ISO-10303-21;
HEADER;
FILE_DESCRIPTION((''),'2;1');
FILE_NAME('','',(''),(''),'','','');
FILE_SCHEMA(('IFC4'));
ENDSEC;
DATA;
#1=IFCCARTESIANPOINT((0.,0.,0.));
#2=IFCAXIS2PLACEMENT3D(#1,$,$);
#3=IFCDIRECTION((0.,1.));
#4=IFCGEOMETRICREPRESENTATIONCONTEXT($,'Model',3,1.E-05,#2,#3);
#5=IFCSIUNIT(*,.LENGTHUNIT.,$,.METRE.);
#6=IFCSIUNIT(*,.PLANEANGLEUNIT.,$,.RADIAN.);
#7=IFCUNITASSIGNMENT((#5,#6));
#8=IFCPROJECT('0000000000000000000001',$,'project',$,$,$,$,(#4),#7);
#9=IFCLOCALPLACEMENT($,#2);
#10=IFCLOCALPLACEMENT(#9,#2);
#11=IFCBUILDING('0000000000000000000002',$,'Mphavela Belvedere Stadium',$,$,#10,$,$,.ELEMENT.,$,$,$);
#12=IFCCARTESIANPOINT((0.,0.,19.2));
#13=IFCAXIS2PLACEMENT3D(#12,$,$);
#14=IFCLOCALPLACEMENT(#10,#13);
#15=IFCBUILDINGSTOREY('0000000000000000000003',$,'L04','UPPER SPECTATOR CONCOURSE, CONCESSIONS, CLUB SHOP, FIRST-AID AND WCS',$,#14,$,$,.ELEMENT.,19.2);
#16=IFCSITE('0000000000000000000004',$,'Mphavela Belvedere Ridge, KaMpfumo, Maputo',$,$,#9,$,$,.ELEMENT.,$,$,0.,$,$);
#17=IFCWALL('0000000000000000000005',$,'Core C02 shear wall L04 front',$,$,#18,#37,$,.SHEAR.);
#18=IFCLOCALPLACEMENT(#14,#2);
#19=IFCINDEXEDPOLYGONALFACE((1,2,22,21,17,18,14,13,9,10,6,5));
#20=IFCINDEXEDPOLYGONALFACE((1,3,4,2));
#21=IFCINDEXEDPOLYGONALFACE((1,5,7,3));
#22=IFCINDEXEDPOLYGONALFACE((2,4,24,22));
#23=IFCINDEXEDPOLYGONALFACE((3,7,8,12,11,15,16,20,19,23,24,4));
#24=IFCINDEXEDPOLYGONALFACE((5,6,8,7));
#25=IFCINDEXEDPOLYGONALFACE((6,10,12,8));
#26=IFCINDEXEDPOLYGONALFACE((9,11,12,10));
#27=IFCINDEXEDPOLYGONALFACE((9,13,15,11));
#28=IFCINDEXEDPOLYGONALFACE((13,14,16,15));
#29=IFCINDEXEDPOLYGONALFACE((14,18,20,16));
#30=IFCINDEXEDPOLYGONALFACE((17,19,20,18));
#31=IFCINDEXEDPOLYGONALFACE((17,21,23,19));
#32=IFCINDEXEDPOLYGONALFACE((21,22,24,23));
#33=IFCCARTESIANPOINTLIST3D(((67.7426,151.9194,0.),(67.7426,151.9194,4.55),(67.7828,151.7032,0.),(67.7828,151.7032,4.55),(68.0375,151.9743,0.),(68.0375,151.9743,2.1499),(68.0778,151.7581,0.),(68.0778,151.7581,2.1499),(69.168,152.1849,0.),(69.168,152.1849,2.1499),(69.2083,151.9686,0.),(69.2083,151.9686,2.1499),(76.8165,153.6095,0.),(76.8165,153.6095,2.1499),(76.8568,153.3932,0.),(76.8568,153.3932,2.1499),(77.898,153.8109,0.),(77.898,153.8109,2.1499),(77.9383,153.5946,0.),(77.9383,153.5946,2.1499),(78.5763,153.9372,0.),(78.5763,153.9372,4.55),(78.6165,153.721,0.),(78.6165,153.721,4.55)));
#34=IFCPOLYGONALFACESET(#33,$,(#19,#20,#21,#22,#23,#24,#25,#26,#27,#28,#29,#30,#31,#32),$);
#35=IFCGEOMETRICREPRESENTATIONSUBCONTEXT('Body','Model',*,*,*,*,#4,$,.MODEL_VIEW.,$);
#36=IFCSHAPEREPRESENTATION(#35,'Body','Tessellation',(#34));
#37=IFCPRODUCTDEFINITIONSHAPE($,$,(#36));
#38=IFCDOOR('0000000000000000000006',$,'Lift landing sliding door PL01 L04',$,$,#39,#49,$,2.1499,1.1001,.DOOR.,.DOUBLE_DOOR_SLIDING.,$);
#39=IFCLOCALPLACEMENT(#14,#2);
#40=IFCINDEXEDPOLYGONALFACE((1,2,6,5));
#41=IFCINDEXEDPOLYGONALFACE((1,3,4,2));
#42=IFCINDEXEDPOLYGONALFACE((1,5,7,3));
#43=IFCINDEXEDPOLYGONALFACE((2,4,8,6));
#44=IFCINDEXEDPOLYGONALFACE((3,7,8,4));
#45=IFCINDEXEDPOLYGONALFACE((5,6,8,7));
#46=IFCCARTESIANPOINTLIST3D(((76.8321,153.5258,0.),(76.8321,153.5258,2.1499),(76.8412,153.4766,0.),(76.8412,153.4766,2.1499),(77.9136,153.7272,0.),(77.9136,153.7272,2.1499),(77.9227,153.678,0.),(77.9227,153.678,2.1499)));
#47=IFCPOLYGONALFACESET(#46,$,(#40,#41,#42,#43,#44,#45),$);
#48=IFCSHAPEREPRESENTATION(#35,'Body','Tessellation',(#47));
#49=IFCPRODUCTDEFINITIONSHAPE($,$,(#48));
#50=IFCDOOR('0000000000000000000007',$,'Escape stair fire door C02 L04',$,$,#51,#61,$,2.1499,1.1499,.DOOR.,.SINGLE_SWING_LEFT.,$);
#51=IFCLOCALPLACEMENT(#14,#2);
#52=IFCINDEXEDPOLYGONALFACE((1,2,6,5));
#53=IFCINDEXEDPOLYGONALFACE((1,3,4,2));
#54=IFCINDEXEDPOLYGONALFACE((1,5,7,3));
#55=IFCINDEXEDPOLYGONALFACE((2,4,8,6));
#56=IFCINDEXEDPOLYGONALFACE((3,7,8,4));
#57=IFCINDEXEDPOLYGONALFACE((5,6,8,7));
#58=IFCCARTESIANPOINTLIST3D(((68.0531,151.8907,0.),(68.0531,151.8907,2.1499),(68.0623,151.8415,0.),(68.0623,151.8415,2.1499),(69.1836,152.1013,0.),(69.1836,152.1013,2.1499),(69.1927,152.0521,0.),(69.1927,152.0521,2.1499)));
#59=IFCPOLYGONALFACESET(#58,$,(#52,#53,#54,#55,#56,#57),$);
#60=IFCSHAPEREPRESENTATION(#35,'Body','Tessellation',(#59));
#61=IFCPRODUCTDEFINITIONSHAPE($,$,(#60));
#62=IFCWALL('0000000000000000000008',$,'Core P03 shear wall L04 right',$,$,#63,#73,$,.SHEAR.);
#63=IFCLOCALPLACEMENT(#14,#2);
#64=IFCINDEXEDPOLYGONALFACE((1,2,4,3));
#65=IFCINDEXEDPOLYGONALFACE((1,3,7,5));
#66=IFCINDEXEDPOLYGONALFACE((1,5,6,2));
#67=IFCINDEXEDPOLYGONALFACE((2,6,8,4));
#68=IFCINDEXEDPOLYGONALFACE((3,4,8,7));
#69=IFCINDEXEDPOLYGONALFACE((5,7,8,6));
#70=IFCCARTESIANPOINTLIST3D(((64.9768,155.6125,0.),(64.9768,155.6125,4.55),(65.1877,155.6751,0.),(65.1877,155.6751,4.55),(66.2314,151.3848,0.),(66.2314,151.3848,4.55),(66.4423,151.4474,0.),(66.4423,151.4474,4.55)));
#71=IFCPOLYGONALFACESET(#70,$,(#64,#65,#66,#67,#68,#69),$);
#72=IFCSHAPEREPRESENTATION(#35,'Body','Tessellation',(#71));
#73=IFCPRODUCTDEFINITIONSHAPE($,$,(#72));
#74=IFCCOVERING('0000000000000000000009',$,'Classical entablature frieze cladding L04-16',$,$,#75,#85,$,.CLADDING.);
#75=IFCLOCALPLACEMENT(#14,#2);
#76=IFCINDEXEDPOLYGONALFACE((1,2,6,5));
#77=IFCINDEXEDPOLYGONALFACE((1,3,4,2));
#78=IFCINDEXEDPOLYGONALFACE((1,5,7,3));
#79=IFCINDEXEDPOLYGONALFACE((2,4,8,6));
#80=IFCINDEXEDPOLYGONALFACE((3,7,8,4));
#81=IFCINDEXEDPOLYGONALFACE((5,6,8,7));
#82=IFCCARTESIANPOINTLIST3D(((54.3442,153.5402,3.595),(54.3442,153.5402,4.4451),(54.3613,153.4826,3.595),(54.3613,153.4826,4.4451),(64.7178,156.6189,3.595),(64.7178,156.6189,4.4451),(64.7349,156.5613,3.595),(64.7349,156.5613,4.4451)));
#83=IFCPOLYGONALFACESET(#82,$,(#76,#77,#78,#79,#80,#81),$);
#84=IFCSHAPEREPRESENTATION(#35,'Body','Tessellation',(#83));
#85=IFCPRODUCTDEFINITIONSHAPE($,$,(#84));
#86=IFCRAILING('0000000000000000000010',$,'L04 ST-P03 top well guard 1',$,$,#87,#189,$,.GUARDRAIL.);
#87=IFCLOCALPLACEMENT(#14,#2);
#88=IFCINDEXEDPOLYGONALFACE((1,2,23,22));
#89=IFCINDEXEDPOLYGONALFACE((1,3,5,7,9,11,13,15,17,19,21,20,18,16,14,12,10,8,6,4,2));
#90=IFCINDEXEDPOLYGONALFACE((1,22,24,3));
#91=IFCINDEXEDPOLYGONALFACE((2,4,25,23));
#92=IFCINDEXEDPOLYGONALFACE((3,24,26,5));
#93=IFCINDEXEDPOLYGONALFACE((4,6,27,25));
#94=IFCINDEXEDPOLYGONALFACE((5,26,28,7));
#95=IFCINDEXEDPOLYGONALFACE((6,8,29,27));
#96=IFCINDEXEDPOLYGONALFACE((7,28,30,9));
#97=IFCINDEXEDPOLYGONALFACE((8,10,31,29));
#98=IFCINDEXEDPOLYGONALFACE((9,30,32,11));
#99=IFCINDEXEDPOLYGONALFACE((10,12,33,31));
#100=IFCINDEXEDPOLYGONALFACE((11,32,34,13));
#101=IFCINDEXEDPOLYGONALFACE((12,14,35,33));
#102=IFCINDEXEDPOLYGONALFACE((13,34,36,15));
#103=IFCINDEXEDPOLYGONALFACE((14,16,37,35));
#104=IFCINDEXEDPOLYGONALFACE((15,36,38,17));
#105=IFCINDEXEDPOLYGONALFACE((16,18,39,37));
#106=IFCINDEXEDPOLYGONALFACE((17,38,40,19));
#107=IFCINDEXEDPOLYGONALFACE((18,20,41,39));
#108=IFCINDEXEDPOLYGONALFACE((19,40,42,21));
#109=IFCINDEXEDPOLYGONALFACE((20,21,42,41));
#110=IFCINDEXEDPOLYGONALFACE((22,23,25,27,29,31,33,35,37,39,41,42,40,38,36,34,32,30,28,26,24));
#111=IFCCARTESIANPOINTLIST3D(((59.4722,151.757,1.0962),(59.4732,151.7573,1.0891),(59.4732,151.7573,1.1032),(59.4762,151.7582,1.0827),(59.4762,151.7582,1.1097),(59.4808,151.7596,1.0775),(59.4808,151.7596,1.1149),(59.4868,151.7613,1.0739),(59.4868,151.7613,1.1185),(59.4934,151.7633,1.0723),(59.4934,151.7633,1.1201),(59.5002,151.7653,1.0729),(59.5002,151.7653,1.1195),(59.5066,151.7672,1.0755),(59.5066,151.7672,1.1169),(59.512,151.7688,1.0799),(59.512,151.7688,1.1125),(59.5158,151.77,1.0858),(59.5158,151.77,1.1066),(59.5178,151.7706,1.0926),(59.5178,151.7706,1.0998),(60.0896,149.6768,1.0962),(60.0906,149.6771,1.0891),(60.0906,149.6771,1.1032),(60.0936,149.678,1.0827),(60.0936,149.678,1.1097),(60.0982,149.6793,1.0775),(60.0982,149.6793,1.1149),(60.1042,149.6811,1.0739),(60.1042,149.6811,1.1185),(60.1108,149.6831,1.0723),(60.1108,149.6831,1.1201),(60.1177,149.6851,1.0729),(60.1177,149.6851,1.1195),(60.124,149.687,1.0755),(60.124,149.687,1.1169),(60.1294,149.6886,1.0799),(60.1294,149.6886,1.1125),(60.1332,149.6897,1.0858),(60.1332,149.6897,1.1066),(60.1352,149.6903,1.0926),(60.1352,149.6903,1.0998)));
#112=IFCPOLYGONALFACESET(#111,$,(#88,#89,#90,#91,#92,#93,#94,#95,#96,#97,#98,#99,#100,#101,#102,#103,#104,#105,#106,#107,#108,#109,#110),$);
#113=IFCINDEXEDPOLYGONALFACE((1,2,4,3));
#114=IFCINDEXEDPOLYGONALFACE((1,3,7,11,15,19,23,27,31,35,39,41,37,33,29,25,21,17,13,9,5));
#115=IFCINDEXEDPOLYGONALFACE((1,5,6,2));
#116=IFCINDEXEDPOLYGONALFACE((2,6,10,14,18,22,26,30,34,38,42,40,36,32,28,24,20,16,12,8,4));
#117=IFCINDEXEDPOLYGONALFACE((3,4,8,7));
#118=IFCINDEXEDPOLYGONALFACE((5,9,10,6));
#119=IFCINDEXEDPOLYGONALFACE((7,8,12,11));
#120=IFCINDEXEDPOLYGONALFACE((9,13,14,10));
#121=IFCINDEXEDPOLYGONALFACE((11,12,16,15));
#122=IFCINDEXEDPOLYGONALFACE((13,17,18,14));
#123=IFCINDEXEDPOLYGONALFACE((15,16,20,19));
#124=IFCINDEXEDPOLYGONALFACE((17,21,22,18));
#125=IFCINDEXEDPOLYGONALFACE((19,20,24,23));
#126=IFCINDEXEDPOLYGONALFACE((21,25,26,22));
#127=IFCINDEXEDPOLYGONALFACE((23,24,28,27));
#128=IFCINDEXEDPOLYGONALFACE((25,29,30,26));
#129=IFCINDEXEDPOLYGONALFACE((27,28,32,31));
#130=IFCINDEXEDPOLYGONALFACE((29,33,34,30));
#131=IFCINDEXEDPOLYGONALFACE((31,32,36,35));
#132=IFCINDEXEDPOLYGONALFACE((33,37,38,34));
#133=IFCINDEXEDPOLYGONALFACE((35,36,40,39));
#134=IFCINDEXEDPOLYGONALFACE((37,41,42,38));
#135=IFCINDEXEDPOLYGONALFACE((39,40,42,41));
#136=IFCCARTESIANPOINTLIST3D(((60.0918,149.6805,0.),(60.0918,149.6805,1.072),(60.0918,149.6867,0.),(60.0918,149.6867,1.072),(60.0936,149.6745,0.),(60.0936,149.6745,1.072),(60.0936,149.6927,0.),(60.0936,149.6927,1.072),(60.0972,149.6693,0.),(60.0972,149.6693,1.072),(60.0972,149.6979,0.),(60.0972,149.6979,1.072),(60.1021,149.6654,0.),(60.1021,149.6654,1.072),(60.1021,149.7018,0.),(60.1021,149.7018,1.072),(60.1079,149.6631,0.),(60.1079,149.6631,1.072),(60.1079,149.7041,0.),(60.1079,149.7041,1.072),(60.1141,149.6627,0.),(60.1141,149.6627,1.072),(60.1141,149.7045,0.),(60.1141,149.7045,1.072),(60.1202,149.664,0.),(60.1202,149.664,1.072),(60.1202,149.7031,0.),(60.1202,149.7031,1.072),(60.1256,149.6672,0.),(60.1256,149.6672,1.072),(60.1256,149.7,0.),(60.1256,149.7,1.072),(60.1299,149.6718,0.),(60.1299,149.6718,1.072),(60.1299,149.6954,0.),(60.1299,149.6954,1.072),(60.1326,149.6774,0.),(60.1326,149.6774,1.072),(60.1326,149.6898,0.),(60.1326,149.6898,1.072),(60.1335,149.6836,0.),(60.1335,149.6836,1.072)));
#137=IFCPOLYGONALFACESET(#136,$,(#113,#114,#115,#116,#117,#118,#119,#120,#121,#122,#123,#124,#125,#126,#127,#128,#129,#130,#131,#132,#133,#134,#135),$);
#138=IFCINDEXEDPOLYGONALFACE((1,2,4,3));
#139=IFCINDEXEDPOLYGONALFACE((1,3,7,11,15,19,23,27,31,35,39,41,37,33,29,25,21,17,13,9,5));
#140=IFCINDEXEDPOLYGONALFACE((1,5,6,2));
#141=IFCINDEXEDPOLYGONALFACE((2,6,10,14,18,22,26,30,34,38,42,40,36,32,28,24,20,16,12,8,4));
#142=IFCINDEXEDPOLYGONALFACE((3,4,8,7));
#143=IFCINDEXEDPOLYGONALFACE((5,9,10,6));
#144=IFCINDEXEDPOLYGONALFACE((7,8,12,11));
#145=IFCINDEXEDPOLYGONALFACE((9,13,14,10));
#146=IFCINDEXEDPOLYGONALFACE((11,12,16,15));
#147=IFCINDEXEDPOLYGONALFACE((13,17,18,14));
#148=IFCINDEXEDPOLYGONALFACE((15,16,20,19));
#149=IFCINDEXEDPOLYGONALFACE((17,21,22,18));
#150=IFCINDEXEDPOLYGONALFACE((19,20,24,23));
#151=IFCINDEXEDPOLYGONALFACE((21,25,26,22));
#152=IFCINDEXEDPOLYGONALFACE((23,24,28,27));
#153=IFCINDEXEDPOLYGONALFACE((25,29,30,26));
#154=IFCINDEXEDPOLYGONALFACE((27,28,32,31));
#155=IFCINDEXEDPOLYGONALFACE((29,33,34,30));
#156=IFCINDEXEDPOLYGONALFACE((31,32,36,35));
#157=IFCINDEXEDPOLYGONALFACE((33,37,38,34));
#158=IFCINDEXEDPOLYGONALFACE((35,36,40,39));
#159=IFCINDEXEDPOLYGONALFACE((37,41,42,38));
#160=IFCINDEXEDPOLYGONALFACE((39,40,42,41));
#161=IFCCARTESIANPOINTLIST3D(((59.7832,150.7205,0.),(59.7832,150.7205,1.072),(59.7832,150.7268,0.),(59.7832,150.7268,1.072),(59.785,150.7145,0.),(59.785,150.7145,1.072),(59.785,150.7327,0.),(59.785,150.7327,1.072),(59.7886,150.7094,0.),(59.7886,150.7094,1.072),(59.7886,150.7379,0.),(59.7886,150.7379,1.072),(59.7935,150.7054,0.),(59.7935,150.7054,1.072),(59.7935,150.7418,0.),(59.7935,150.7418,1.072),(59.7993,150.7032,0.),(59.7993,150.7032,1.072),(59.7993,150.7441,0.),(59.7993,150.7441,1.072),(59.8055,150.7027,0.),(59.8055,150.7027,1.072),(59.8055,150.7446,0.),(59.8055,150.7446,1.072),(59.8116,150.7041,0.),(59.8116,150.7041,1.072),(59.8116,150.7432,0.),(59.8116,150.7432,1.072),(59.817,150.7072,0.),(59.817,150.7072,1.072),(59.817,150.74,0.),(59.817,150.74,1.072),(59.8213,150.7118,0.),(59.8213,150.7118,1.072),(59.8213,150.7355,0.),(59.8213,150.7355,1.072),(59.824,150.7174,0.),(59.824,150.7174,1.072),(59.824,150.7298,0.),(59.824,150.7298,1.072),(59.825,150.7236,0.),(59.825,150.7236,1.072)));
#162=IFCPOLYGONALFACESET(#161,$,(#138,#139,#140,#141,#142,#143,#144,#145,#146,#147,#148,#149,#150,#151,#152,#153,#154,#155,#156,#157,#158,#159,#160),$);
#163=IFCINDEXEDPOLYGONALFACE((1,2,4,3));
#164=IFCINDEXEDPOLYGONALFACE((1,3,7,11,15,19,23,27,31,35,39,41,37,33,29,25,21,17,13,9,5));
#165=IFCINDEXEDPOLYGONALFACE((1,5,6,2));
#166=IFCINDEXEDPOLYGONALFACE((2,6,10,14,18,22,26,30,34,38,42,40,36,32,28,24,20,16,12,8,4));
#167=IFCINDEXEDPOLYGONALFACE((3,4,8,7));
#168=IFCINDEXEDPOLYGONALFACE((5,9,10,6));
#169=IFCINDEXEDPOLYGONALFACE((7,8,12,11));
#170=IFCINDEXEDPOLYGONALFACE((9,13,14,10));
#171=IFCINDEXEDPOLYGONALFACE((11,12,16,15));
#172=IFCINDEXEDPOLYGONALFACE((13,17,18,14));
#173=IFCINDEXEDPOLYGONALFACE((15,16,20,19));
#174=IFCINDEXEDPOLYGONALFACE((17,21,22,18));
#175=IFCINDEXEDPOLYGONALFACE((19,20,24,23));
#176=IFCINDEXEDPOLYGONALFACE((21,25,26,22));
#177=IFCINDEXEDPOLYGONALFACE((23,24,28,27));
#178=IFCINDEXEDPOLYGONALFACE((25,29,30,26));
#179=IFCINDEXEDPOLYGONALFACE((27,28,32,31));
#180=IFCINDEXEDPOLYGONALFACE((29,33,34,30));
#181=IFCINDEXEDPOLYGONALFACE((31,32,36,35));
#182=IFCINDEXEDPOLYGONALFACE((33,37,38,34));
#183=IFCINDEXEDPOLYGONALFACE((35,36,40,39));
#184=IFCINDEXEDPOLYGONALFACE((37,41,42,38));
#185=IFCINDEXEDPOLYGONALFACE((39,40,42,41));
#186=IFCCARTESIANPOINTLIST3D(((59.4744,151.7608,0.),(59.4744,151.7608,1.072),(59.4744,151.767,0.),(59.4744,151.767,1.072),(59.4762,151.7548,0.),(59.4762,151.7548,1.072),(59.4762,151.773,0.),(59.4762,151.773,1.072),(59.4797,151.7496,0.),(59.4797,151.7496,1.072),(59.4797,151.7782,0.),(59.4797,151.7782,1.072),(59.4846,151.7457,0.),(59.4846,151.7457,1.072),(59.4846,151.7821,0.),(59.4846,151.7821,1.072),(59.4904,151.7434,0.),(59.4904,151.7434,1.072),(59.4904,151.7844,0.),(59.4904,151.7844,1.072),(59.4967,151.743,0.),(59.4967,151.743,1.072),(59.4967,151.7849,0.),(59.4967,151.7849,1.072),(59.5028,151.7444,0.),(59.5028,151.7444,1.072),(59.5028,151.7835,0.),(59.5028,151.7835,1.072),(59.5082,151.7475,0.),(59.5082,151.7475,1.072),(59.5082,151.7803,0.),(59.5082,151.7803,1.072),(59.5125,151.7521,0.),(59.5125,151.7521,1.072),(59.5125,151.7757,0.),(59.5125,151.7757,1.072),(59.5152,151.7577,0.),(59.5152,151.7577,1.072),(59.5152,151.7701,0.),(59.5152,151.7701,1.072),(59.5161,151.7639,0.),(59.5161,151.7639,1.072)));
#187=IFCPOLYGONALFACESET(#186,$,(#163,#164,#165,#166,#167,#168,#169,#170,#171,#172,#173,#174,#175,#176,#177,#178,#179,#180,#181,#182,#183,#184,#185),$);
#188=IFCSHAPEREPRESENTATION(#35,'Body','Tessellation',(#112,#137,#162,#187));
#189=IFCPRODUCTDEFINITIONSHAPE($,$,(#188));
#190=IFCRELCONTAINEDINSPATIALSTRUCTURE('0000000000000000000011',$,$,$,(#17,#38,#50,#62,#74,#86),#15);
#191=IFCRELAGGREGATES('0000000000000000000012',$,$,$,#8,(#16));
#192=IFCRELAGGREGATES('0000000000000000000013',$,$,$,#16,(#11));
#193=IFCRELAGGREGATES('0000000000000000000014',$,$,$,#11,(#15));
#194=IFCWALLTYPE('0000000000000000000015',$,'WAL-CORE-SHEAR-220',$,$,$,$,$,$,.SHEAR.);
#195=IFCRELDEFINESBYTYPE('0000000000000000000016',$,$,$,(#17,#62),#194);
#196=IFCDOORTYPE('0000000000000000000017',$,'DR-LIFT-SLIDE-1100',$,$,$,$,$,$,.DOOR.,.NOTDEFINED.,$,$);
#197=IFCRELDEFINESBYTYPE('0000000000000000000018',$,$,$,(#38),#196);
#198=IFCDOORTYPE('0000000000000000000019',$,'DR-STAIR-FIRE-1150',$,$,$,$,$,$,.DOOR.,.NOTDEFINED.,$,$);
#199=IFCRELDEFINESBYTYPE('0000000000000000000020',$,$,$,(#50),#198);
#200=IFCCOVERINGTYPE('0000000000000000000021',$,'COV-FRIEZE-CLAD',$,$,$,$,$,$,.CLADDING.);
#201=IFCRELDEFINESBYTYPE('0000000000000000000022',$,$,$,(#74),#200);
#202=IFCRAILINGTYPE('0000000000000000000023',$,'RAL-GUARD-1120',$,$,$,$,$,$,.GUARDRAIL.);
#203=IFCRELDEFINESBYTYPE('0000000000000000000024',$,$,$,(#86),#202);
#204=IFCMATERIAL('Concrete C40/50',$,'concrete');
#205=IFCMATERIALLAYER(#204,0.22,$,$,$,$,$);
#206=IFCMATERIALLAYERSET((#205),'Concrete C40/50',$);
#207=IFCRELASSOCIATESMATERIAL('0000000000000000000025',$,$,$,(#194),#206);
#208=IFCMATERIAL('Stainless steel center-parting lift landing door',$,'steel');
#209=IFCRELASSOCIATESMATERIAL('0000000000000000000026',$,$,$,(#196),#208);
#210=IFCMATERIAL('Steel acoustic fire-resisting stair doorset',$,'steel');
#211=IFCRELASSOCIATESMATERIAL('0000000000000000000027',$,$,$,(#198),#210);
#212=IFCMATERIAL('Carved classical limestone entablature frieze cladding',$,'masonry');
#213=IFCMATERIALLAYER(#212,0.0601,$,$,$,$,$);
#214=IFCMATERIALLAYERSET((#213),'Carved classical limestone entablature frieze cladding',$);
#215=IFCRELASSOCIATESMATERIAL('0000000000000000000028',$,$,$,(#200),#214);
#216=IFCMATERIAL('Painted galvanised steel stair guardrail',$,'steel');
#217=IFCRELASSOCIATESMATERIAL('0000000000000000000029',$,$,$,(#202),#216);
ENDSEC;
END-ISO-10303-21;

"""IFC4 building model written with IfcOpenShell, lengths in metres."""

from ifc_helpers import new_model, si_unit, direction, frame, frame_2d, origin, origin_2d, place, context, subcontext, project, spatial, rectangle, circle, extrude, material, layer, layer_set, type_object, element, fill, save


model = new_model("IFC4")

# Units and contexts
model_context = context("Model", 3, precision=1e-05, world=origin(), true_north=direction((0.0, 1.0)))
body_context = subcontext(model_context, "Body", "Model", "MODEL_VIEW")
ifc_project = project(units=[si_unit("LENGTHUNIT", "METRE"), si_unit("PLANEANGLEUNIT", "RADIAN")], contexts=[model_context])

# Site, building, storey
site_placement = place(None, origin())
site = spatial("IfcSite", under=ifc_project, at=site_placement, Name="Mphavela Belvedere Ridge, KaMpfumo, Maputo", CompositionType="ELEMENT", RefElevation=0.0)
building_placement = place(site_placement, origin())
building = spatial("IfcBuilding", under=site, at=building_placement, Name="Mphavela Belvedere Stadium", CompositionType="ELEMENT")
storey_placement = place(building_placement, frame((0.0, 0.0, 19.2)))
storey = spatial("IfcBuildingStorey", under=building, at=storey_placement, Name="L04", Description="UPPER SPECTATOR CONCOURSE, CONCESSIONS, CLUB SHOP, FIRST-AID AND WCS", CompositionType="ELEMENT", Elevation=19.2)

# Shared definitions
ifc_material_1 = material(Name="Concrete C40/50", Category="concrete")
ifc_layer_1 = layer(ifc_material_1, 0.22)
ifc_layer_set_1 = layer_set([ifc_layer_1], Name="Concrete C40/50")
wall_type = type_object("IfcWallType", Name="WAL-CORE-SHEAR-220", PredefinedType="SHEAR", material=ifc_layer_set_1)

# Wall, openings, doors
wall_1_placement = place(storey_placement, frame((67.7627, 151.8113, 0.0), z_axis=(0.0, 0.0, 1.0), x_axis=(0.983093, 0.183105, 0.0)))
wall_1 = element("IfcWall", 1, at=wall_1_placement, inside=storey, type_object=wall_type, Name="Core C02 shear wall L04 front", PredefinedType="SHEAR", context=body_context, shape_type="SweptSolid", body=[
    extrude(rectangle(XDim=11.02, YDim=0.22, at=frame_2d((5.51, 0.0))), origin(), (0.0, 0.0, 1.0), 4.55),
])
opening_1_placement = place(wall_1_placement, frame((0.3, 0.0, 0.0)))
opening_1 = element("IfcOpeningElement", 2, at=opening_1_placement, cuts=wall_1, PredefinedType="OPENING", context=body_context, shape_type="SweptSolid", body=[
    extrude(rectangle(XDim=1.1499, YDim=2.1499, at=frame_2d((0.575, 1.075))), frame((0.0, 0.1201, 0.0), z_axis=(0.0, -1.0, 0.0), x_axis=(1.0, 0.0, 0.0)), (0.0, 0.0, 1.0), 0.24),
])
opening_2_placement = place(wall_1_placement, frame((9.23, 0.0, 0.0)))
opening_2 = element("IfcOpeningElement", 3, at=opening_2_placement, cuts=wall_1, PredefinedType="OPENING", context=body_context, shape_type="SweptSolid", body=[
    extrude(rectangle(XDim=1.1001, YDim=2.1499, at=frame_2d((0.55, 1.075))), frame((0.0, 0.1201, 0.0), z_axis=(0.0, -1.0, 0.0), x_axis=(1.0, 0.0, 0.0)), (0.0, 0.0, 1.0), 0.24),
])
ifc_material_2 = material(Name="Stainless steel center-parting lift landing door", Category="steel")
door_type_1 = type_object("IfcDoorType", Name="DR-LIFT-SLIDE-1100", OperationType="NOTDEFINED", PredefinedType="DOOR", material=ifc_material_2)
door_1_placement = place(opening_2_placement, origin())
door_1 = element("IfcDoor", 4, at=door_1_placement, inside=storey, type_object=door_type_1, Name="Lift landing sliding door PL01 L04", OperationType="DOUBLE_DOOR_SLIDING", OverallHeight=2.1499, OverallWidth=1.1001, PredefinedType="DOOR", context=body_context, shape_type="SweptSolid", body=[
    extrude(rectangle(XDim=1.1001, YDim=2.1499, at=frame_2d((0.55, 1.075))), frame((0.0, 0.0249, 0.0), z_axis=(0.0, -1.0, 0.0), x_axis=(1.0, 0.0, 0.0)), (0.0, 0.0, 1.0), 0.05),
])
fill(opening_2, door_1)
ifc_material_3 = material(Name="Steel acoustic fire-resisting stair doorset", Category="steel")
door_type_2 = type_object("IfcDoorType", Name="DR-STAIR-FIRE-1150", OperationType="NOTDEFINED", PredefinedType="DOOR", material=ifc_material_3)
door_2_placement = place(opening_1_placement, origin())
door_2 = element("IfcDoor", 5, at=door_2_placement, inside=storey, type_object=door_type_2, Name="Escape stair fire door C02 L04", OperationType="SINGLE_SWING_LEFT", OverallHeight=2.1499, OverallWidth=1.1499, PredefinedType="DOOR", context=body_context, shape_type="SweptSolid", body=[
    extrude(rectangle(XDim=1.1499, YDim=2.1499, at=frame_2d((0.575, 1.075))), frame((0.0, 0.0249, 0.0), z_axis=(0.0, -1.0, 0.0), x_axis=(1.0, 0.0, 0.0)), (0.0, 0.0, 1.0), 0.05),
])
fill(opening_1, door_2)

# Wall
wall_2_placement = place(storey_placement, frame((66.3369, 151.416, 0.0), z_axis=(0.0, 0.0, 1.0), x_axis=(-0.284497, 0.958677, 0.0)))
element("IfcWall", 6, at=wall_2_placement, inside=storey, type_object=wall_type, Name="Core P03 shear wall L04 right", PredefinedType="SHEAR", context=body_context, shape_type="SweptSolid", body=[
    extrude(rectangle(XDim=4.4099, YDim=0.22, at=frame_2d((2.2051, 0.0))), origin(), (0.0, 0.0, 1.0), 4.55),
])

# Covering
ifc_material_4 = material(Name="Carved classical limestone entablature frieze cladding", Category="masonry")
ifc_layer_2 = layer(ifc_material_4, 0.0601)
ifc_layer_set_2 = layer_set([ifc_layer_2], Name="Carved classical limestone entablature frieze cladding")
covering_type = type_object("IfcCoveringType", Name="COV-FRIEZE-CLAD", PredefinedType="CLADDING", material=ifc_layer_set_2)
covering_placement = place(storey_placement, frame((59.5396, 155.0508, 3.595), z_axis=(0.0, 0.0, 1.0), x_axis=(-0.958671, -0.284517, 0.0)))
element("IfcCovering", 7, at=covering_placement, inside=storey, type_object=covering_type, Name="Classical entablature frieze cladding L04-16", PredefinedType="CLADDING", context=body_context, shape_type="SweptSolid", body=[
    extrude(rectangle(XDim=10.8208, YDim=0.0601, at=origin_2d()), origin(), (0.0, 0.0, 1.0), 0.8501),
])

# Railing
ifc_material_5 = material(Name="Painted galvanised steel stair guardrail", Category="steel")
railing_type = type_object("IfcRailingType", Name="RAL-GUARD-1120", PredefinedType="GUARDRAIL", material=ifc_material_5)
railing_placement = place(storey_placement, frame((60.1125, 149.6836, 0.0)))
element("IfcRailing", 8, at=railing_placement, inside=storey, type_object=railing_type, Name="L04 ST-P03 top well guard 1", PredefinedType="GUARDRAIL", context=body_context, shape_type="SweptSolid", body=[
    extrude(circle(Radius=0.0239, at=origin_2d()), frame((0.0, 0.0, 1.0962), z_axis=(-0.284529, 0.958667, 0.0), x_axis=(-0.958667, -0.284529, 0.0)), (0.0, 0.0, 1.0), 2.1699),
    extrude(circle(Radius=0.021, at=origin_2d()), origin(), (0.0, 0.0, 1.0), 1.072),
    extrude(circle(Radius=0.021, at=origin_2d()), frame((-0.3086, 1.04, 0.0)), (0.0, 0.0, 1.0), 1.072),
    extrude(circle(Radius=0.021, at=origin_2d()), frame((-0.6174, 2.0803, 0.0)), (0.0, 0.0, 1.0), 1.072),
])

save(model, "model.ifc")
